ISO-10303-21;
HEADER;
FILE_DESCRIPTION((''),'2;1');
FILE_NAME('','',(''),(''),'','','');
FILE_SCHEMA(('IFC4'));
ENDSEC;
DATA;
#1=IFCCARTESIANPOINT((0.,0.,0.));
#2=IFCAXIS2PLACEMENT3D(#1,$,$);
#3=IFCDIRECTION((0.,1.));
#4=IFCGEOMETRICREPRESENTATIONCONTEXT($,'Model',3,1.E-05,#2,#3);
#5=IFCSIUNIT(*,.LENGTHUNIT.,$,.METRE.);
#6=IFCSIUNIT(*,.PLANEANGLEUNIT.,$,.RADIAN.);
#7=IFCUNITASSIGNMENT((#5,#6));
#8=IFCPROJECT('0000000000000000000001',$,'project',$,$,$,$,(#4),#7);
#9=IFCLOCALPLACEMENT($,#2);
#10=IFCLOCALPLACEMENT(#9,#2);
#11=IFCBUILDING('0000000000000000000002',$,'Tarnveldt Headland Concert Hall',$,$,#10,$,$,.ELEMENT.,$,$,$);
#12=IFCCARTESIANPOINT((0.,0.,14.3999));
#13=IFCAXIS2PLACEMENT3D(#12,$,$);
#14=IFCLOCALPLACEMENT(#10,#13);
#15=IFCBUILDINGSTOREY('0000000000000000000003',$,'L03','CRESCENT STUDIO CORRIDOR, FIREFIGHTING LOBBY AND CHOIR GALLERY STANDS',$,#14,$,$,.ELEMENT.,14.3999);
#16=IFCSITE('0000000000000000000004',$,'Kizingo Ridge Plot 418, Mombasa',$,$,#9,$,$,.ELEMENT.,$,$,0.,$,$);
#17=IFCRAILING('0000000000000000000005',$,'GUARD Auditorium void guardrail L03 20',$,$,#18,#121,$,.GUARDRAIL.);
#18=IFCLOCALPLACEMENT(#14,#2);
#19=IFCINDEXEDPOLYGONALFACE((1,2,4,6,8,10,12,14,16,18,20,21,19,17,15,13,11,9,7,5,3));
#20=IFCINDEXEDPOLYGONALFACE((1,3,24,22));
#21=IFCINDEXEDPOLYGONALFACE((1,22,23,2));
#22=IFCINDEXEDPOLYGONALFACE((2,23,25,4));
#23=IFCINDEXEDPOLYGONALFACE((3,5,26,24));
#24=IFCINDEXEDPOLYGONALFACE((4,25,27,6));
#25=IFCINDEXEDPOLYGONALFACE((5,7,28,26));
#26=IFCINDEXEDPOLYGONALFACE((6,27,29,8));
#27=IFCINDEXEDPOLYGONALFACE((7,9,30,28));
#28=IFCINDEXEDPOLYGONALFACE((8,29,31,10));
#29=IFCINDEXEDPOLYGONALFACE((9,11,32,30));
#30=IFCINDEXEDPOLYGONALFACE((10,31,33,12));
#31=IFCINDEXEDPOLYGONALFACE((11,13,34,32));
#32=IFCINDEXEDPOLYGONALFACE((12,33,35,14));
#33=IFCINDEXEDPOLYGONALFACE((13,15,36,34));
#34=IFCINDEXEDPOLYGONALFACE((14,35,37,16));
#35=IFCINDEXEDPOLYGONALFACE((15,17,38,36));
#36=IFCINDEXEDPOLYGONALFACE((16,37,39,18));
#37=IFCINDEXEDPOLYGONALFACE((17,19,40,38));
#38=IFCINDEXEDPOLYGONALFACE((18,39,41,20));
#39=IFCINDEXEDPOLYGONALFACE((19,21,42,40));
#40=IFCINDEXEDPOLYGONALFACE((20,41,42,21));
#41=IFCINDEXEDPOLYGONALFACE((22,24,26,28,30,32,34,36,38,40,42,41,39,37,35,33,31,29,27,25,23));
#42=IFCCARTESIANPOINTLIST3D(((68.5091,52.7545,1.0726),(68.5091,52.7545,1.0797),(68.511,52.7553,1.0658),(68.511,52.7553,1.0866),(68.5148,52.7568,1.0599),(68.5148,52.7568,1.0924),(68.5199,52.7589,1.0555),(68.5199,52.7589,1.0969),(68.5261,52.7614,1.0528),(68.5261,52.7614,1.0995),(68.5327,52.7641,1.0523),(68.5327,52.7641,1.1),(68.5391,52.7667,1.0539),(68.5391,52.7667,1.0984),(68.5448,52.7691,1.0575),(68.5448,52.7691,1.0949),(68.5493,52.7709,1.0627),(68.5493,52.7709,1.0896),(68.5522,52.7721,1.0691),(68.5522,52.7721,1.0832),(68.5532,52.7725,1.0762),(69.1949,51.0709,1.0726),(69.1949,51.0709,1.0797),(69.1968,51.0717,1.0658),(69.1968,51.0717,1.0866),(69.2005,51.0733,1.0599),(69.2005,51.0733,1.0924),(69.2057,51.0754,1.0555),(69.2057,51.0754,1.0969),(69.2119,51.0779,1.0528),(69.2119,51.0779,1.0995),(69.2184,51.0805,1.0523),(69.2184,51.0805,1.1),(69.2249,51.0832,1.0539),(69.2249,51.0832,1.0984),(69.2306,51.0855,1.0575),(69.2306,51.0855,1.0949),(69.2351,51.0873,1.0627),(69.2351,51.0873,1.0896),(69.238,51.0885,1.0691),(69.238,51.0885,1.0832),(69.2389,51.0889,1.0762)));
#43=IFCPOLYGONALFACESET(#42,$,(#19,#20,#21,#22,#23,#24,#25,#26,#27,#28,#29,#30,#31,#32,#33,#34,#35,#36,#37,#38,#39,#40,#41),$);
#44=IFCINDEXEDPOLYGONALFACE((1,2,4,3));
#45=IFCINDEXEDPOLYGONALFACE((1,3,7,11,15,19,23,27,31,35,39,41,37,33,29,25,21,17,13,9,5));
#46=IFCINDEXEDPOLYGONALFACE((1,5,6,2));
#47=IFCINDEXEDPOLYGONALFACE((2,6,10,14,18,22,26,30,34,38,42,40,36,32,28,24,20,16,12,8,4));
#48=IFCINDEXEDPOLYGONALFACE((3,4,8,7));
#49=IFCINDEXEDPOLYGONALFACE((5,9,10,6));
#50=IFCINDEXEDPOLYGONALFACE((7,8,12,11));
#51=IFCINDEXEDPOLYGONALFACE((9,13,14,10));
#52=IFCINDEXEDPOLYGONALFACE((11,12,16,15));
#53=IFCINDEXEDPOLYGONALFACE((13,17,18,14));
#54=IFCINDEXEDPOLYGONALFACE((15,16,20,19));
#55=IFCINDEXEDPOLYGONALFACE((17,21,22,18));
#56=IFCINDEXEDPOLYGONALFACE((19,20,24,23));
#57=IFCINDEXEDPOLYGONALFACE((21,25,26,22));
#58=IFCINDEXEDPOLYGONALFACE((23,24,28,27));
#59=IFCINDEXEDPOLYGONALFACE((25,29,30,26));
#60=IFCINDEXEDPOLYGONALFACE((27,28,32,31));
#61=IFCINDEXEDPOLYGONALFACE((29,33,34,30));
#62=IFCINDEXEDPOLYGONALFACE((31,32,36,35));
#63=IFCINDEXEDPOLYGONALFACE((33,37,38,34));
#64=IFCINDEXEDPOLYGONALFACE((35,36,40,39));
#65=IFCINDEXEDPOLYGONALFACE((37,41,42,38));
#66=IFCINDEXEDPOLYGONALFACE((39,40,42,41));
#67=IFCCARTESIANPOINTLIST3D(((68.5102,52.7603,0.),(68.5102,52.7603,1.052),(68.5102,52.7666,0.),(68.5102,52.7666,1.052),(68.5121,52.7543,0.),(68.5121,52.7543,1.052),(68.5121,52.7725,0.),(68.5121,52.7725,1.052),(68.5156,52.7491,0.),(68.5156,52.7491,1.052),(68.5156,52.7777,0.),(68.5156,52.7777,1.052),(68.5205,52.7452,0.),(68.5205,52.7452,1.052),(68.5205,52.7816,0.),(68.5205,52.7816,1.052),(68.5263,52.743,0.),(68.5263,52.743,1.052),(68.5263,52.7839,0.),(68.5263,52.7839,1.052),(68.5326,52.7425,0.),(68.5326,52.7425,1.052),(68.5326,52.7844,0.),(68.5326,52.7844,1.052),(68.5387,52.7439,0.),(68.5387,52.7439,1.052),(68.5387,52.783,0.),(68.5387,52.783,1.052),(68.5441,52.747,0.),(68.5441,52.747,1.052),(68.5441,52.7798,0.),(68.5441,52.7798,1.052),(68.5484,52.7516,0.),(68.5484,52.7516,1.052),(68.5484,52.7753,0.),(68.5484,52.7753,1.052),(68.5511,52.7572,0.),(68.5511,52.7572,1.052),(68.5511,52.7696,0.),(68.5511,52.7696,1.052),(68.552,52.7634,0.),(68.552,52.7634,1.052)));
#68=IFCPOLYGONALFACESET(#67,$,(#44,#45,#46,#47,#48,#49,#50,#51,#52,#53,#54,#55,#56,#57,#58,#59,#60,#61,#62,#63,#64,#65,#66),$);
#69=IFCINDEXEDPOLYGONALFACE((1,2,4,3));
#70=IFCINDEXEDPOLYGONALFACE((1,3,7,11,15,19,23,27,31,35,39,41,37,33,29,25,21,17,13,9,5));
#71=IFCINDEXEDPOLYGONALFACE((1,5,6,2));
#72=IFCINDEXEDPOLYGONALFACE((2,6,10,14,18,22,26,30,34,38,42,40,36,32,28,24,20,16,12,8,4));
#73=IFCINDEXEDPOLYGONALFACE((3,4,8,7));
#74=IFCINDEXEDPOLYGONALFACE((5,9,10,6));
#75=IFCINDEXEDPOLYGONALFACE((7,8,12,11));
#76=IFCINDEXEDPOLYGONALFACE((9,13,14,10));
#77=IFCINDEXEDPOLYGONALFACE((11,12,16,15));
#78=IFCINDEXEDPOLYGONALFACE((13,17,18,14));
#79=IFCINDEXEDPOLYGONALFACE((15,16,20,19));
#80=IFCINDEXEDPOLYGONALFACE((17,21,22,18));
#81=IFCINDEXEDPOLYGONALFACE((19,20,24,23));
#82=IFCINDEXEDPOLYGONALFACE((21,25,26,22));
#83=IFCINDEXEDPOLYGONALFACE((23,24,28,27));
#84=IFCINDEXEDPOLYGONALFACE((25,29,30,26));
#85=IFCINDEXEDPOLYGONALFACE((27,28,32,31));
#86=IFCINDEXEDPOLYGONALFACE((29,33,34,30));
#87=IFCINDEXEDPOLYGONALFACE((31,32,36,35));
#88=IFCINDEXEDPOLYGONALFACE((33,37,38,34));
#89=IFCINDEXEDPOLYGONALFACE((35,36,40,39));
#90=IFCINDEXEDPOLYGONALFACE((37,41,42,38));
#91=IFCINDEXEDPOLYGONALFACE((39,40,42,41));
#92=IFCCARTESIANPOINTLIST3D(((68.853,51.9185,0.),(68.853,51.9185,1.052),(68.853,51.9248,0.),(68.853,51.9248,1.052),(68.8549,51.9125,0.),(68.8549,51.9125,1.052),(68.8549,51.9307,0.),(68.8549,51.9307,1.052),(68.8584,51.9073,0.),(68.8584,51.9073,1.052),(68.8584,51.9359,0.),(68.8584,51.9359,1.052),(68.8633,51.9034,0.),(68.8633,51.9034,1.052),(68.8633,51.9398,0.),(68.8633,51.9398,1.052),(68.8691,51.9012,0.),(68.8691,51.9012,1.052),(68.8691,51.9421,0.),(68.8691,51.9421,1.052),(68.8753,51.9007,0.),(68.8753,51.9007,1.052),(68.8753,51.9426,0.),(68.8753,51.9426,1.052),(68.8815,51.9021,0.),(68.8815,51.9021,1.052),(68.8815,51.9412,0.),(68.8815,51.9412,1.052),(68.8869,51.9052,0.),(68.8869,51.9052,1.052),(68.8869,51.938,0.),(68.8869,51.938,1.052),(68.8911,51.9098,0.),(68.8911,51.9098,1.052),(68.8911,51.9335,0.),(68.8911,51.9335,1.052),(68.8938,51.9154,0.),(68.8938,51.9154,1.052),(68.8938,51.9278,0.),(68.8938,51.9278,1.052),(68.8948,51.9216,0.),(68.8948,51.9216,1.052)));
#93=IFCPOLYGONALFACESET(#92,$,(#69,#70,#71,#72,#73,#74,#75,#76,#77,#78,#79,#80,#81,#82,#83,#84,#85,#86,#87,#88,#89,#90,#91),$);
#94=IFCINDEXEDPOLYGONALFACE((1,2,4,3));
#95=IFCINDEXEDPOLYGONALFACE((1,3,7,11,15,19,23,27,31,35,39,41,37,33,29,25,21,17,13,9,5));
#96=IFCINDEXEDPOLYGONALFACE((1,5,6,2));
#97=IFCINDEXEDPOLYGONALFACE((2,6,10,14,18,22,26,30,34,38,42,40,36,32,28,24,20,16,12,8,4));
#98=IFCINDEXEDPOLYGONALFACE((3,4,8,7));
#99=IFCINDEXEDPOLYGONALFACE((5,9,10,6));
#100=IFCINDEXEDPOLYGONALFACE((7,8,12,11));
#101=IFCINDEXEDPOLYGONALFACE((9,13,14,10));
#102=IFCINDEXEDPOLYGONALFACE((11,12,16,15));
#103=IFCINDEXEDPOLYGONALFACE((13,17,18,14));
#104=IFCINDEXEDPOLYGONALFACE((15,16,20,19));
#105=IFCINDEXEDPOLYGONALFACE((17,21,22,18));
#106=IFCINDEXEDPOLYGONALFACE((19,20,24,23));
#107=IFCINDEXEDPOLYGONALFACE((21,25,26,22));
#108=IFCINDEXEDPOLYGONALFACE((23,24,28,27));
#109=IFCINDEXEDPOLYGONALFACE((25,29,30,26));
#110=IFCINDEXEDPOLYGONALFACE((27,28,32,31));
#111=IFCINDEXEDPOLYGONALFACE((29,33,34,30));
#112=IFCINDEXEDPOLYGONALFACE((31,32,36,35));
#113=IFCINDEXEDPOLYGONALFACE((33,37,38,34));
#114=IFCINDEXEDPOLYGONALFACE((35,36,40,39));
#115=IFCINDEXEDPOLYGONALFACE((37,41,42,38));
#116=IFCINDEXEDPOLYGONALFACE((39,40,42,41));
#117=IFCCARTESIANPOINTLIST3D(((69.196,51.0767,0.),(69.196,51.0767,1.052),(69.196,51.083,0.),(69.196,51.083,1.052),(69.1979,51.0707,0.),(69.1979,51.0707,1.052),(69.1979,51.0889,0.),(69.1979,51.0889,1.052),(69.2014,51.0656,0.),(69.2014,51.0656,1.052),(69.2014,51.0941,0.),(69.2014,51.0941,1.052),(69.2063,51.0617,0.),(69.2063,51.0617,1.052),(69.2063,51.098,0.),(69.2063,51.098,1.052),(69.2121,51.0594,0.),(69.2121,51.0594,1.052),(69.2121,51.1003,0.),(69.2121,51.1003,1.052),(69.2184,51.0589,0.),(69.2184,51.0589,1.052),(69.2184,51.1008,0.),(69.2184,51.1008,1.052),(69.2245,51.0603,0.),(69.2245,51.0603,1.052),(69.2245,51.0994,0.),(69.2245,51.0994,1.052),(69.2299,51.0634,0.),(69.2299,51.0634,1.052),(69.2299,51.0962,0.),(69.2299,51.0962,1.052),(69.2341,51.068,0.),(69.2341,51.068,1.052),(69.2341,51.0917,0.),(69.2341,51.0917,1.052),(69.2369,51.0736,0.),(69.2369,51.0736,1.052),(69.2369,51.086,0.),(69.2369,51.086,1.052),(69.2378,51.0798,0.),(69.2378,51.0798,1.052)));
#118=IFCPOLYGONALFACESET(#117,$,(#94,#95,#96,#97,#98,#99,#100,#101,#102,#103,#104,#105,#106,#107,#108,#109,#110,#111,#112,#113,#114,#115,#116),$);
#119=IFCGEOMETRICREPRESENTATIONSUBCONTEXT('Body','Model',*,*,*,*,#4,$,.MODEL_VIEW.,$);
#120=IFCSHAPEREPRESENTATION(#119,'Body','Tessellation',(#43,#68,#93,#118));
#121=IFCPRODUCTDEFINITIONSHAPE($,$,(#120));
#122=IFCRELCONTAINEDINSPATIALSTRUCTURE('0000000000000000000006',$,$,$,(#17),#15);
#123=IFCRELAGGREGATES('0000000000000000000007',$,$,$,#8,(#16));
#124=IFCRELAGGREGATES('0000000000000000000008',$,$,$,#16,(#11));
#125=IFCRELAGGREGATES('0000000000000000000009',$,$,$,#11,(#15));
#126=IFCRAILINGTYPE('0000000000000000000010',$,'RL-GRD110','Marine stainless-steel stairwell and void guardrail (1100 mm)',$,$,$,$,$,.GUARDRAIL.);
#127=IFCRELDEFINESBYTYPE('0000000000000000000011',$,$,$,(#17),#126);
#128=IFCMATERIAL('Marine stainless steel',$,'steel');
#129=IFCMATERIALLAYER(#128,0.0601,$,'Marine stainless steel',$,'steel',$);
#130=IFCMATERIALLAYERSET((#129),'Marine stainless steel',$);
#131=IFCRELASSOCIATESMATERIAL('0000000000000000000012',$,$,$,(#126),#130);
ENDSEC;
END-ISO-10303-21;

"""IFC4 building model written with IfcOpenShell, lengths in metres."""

from ifc_helpers import new_model, si_unit, direction, frame, origin, origin_2d, place, context, subcontext, project, spatial, circle, extrude, material, layer, layer_set, type_object, element, save


model = new_model("IFC4")

# Units and contexts
model_context = context("Model", 3, precision=1e-05, world=origin(), true_north=direction((0.0, 1.0)))
body_context = subcontext(model_context, "Body", "Model", "MODEL_VIEW")
ifc_project = project(units=[si_unit("LENGTHUNIT", "METRE"), si_unit("PLANEANGLEUNIT", "RADIAN")], contexts=[model_context])

# Site, building, storey
site_placement = place(None, origin())
site = spatial("IfcSite", under=ifc_project, at=site_placement, Name="Kizingo Ridge Plot 418, Mombasa", CompositionType="ELEMENT", RefElevation=0.0)
building_placement = place(site_placement, origin())
building = spatial("IfcBuilding", under=site, at=building_placement, Name="Tarnveldt Headland Concert Hall", CompositionType="ELEMENT")
storey_placement = place(building_placement, frame((0.0, 0.0, 14.3999)))
storey = spatial("IfcBuildingStorey", under=building, at=storey_placement, Name="L03", Description="CRESCENT STUDIO CORRIDOR, FIREFIGHTING LOBBY AND CHOIR GALLERY STANDS", CompositionType="ELEMENT", Elevation=14.3999)

# Railing
ifc_material_1 = material(Name="Marine stainless steel", Category="steel")
ifc_layer_1 = layer(ifc_material_1, 0.0601, Name="Marine stainless steel", Category="steel")
ifc_layer_set_1 = layer_set([ifc_layer_1], Name="Marine stainless steel")
railing_type = type_object("IfcRailingType", Name="RL-GRD110", Description="Marine stainless-steel stairwell and void guardrail (1100 mm)", PredefinedType="GUARDRAIL", material=ifc_layer_set_1)
railing_1_placement = place(storey_placement, frame((68.531, 52.7634, 0.0)))
element("IfcRailing", 1, at=railing_1_placement, inside=storey, type_object=railing_type, Name="GUARD Auditorium void guardrail L03 20", PredefinedType="GUARDRAIL", context=body_context, shape_type="SweptSolid", body=[
    extrude(circle(Radius=0.0239, at=origin_2d()), frame((0.0, 0.0, 1.0762), z_axis=(0.377241, -0.926115, 0.0), x_axis=(0.926115, 0.377241, 0.0)), (0.0, 0.0, 1.0), 1.8179),
    extrude(circle(Radius=0.021, at=origin_2d()), origin(), (0.0, 0.0, 1.0), 1.052),
    extrude(circle(Radius=0.021, at=origin_2d()), frame((0.3428, -0.8418, 0.0)), (0.0, 0.0, 1.0), 1.052),
    extrude(circle(Radius=0.021, at=origin_2d()), frame((0.6858, -1.6836, 0.0)), (0.0, 0.0, 1.0), 1.052),
])

save(model, "model.ifc")
